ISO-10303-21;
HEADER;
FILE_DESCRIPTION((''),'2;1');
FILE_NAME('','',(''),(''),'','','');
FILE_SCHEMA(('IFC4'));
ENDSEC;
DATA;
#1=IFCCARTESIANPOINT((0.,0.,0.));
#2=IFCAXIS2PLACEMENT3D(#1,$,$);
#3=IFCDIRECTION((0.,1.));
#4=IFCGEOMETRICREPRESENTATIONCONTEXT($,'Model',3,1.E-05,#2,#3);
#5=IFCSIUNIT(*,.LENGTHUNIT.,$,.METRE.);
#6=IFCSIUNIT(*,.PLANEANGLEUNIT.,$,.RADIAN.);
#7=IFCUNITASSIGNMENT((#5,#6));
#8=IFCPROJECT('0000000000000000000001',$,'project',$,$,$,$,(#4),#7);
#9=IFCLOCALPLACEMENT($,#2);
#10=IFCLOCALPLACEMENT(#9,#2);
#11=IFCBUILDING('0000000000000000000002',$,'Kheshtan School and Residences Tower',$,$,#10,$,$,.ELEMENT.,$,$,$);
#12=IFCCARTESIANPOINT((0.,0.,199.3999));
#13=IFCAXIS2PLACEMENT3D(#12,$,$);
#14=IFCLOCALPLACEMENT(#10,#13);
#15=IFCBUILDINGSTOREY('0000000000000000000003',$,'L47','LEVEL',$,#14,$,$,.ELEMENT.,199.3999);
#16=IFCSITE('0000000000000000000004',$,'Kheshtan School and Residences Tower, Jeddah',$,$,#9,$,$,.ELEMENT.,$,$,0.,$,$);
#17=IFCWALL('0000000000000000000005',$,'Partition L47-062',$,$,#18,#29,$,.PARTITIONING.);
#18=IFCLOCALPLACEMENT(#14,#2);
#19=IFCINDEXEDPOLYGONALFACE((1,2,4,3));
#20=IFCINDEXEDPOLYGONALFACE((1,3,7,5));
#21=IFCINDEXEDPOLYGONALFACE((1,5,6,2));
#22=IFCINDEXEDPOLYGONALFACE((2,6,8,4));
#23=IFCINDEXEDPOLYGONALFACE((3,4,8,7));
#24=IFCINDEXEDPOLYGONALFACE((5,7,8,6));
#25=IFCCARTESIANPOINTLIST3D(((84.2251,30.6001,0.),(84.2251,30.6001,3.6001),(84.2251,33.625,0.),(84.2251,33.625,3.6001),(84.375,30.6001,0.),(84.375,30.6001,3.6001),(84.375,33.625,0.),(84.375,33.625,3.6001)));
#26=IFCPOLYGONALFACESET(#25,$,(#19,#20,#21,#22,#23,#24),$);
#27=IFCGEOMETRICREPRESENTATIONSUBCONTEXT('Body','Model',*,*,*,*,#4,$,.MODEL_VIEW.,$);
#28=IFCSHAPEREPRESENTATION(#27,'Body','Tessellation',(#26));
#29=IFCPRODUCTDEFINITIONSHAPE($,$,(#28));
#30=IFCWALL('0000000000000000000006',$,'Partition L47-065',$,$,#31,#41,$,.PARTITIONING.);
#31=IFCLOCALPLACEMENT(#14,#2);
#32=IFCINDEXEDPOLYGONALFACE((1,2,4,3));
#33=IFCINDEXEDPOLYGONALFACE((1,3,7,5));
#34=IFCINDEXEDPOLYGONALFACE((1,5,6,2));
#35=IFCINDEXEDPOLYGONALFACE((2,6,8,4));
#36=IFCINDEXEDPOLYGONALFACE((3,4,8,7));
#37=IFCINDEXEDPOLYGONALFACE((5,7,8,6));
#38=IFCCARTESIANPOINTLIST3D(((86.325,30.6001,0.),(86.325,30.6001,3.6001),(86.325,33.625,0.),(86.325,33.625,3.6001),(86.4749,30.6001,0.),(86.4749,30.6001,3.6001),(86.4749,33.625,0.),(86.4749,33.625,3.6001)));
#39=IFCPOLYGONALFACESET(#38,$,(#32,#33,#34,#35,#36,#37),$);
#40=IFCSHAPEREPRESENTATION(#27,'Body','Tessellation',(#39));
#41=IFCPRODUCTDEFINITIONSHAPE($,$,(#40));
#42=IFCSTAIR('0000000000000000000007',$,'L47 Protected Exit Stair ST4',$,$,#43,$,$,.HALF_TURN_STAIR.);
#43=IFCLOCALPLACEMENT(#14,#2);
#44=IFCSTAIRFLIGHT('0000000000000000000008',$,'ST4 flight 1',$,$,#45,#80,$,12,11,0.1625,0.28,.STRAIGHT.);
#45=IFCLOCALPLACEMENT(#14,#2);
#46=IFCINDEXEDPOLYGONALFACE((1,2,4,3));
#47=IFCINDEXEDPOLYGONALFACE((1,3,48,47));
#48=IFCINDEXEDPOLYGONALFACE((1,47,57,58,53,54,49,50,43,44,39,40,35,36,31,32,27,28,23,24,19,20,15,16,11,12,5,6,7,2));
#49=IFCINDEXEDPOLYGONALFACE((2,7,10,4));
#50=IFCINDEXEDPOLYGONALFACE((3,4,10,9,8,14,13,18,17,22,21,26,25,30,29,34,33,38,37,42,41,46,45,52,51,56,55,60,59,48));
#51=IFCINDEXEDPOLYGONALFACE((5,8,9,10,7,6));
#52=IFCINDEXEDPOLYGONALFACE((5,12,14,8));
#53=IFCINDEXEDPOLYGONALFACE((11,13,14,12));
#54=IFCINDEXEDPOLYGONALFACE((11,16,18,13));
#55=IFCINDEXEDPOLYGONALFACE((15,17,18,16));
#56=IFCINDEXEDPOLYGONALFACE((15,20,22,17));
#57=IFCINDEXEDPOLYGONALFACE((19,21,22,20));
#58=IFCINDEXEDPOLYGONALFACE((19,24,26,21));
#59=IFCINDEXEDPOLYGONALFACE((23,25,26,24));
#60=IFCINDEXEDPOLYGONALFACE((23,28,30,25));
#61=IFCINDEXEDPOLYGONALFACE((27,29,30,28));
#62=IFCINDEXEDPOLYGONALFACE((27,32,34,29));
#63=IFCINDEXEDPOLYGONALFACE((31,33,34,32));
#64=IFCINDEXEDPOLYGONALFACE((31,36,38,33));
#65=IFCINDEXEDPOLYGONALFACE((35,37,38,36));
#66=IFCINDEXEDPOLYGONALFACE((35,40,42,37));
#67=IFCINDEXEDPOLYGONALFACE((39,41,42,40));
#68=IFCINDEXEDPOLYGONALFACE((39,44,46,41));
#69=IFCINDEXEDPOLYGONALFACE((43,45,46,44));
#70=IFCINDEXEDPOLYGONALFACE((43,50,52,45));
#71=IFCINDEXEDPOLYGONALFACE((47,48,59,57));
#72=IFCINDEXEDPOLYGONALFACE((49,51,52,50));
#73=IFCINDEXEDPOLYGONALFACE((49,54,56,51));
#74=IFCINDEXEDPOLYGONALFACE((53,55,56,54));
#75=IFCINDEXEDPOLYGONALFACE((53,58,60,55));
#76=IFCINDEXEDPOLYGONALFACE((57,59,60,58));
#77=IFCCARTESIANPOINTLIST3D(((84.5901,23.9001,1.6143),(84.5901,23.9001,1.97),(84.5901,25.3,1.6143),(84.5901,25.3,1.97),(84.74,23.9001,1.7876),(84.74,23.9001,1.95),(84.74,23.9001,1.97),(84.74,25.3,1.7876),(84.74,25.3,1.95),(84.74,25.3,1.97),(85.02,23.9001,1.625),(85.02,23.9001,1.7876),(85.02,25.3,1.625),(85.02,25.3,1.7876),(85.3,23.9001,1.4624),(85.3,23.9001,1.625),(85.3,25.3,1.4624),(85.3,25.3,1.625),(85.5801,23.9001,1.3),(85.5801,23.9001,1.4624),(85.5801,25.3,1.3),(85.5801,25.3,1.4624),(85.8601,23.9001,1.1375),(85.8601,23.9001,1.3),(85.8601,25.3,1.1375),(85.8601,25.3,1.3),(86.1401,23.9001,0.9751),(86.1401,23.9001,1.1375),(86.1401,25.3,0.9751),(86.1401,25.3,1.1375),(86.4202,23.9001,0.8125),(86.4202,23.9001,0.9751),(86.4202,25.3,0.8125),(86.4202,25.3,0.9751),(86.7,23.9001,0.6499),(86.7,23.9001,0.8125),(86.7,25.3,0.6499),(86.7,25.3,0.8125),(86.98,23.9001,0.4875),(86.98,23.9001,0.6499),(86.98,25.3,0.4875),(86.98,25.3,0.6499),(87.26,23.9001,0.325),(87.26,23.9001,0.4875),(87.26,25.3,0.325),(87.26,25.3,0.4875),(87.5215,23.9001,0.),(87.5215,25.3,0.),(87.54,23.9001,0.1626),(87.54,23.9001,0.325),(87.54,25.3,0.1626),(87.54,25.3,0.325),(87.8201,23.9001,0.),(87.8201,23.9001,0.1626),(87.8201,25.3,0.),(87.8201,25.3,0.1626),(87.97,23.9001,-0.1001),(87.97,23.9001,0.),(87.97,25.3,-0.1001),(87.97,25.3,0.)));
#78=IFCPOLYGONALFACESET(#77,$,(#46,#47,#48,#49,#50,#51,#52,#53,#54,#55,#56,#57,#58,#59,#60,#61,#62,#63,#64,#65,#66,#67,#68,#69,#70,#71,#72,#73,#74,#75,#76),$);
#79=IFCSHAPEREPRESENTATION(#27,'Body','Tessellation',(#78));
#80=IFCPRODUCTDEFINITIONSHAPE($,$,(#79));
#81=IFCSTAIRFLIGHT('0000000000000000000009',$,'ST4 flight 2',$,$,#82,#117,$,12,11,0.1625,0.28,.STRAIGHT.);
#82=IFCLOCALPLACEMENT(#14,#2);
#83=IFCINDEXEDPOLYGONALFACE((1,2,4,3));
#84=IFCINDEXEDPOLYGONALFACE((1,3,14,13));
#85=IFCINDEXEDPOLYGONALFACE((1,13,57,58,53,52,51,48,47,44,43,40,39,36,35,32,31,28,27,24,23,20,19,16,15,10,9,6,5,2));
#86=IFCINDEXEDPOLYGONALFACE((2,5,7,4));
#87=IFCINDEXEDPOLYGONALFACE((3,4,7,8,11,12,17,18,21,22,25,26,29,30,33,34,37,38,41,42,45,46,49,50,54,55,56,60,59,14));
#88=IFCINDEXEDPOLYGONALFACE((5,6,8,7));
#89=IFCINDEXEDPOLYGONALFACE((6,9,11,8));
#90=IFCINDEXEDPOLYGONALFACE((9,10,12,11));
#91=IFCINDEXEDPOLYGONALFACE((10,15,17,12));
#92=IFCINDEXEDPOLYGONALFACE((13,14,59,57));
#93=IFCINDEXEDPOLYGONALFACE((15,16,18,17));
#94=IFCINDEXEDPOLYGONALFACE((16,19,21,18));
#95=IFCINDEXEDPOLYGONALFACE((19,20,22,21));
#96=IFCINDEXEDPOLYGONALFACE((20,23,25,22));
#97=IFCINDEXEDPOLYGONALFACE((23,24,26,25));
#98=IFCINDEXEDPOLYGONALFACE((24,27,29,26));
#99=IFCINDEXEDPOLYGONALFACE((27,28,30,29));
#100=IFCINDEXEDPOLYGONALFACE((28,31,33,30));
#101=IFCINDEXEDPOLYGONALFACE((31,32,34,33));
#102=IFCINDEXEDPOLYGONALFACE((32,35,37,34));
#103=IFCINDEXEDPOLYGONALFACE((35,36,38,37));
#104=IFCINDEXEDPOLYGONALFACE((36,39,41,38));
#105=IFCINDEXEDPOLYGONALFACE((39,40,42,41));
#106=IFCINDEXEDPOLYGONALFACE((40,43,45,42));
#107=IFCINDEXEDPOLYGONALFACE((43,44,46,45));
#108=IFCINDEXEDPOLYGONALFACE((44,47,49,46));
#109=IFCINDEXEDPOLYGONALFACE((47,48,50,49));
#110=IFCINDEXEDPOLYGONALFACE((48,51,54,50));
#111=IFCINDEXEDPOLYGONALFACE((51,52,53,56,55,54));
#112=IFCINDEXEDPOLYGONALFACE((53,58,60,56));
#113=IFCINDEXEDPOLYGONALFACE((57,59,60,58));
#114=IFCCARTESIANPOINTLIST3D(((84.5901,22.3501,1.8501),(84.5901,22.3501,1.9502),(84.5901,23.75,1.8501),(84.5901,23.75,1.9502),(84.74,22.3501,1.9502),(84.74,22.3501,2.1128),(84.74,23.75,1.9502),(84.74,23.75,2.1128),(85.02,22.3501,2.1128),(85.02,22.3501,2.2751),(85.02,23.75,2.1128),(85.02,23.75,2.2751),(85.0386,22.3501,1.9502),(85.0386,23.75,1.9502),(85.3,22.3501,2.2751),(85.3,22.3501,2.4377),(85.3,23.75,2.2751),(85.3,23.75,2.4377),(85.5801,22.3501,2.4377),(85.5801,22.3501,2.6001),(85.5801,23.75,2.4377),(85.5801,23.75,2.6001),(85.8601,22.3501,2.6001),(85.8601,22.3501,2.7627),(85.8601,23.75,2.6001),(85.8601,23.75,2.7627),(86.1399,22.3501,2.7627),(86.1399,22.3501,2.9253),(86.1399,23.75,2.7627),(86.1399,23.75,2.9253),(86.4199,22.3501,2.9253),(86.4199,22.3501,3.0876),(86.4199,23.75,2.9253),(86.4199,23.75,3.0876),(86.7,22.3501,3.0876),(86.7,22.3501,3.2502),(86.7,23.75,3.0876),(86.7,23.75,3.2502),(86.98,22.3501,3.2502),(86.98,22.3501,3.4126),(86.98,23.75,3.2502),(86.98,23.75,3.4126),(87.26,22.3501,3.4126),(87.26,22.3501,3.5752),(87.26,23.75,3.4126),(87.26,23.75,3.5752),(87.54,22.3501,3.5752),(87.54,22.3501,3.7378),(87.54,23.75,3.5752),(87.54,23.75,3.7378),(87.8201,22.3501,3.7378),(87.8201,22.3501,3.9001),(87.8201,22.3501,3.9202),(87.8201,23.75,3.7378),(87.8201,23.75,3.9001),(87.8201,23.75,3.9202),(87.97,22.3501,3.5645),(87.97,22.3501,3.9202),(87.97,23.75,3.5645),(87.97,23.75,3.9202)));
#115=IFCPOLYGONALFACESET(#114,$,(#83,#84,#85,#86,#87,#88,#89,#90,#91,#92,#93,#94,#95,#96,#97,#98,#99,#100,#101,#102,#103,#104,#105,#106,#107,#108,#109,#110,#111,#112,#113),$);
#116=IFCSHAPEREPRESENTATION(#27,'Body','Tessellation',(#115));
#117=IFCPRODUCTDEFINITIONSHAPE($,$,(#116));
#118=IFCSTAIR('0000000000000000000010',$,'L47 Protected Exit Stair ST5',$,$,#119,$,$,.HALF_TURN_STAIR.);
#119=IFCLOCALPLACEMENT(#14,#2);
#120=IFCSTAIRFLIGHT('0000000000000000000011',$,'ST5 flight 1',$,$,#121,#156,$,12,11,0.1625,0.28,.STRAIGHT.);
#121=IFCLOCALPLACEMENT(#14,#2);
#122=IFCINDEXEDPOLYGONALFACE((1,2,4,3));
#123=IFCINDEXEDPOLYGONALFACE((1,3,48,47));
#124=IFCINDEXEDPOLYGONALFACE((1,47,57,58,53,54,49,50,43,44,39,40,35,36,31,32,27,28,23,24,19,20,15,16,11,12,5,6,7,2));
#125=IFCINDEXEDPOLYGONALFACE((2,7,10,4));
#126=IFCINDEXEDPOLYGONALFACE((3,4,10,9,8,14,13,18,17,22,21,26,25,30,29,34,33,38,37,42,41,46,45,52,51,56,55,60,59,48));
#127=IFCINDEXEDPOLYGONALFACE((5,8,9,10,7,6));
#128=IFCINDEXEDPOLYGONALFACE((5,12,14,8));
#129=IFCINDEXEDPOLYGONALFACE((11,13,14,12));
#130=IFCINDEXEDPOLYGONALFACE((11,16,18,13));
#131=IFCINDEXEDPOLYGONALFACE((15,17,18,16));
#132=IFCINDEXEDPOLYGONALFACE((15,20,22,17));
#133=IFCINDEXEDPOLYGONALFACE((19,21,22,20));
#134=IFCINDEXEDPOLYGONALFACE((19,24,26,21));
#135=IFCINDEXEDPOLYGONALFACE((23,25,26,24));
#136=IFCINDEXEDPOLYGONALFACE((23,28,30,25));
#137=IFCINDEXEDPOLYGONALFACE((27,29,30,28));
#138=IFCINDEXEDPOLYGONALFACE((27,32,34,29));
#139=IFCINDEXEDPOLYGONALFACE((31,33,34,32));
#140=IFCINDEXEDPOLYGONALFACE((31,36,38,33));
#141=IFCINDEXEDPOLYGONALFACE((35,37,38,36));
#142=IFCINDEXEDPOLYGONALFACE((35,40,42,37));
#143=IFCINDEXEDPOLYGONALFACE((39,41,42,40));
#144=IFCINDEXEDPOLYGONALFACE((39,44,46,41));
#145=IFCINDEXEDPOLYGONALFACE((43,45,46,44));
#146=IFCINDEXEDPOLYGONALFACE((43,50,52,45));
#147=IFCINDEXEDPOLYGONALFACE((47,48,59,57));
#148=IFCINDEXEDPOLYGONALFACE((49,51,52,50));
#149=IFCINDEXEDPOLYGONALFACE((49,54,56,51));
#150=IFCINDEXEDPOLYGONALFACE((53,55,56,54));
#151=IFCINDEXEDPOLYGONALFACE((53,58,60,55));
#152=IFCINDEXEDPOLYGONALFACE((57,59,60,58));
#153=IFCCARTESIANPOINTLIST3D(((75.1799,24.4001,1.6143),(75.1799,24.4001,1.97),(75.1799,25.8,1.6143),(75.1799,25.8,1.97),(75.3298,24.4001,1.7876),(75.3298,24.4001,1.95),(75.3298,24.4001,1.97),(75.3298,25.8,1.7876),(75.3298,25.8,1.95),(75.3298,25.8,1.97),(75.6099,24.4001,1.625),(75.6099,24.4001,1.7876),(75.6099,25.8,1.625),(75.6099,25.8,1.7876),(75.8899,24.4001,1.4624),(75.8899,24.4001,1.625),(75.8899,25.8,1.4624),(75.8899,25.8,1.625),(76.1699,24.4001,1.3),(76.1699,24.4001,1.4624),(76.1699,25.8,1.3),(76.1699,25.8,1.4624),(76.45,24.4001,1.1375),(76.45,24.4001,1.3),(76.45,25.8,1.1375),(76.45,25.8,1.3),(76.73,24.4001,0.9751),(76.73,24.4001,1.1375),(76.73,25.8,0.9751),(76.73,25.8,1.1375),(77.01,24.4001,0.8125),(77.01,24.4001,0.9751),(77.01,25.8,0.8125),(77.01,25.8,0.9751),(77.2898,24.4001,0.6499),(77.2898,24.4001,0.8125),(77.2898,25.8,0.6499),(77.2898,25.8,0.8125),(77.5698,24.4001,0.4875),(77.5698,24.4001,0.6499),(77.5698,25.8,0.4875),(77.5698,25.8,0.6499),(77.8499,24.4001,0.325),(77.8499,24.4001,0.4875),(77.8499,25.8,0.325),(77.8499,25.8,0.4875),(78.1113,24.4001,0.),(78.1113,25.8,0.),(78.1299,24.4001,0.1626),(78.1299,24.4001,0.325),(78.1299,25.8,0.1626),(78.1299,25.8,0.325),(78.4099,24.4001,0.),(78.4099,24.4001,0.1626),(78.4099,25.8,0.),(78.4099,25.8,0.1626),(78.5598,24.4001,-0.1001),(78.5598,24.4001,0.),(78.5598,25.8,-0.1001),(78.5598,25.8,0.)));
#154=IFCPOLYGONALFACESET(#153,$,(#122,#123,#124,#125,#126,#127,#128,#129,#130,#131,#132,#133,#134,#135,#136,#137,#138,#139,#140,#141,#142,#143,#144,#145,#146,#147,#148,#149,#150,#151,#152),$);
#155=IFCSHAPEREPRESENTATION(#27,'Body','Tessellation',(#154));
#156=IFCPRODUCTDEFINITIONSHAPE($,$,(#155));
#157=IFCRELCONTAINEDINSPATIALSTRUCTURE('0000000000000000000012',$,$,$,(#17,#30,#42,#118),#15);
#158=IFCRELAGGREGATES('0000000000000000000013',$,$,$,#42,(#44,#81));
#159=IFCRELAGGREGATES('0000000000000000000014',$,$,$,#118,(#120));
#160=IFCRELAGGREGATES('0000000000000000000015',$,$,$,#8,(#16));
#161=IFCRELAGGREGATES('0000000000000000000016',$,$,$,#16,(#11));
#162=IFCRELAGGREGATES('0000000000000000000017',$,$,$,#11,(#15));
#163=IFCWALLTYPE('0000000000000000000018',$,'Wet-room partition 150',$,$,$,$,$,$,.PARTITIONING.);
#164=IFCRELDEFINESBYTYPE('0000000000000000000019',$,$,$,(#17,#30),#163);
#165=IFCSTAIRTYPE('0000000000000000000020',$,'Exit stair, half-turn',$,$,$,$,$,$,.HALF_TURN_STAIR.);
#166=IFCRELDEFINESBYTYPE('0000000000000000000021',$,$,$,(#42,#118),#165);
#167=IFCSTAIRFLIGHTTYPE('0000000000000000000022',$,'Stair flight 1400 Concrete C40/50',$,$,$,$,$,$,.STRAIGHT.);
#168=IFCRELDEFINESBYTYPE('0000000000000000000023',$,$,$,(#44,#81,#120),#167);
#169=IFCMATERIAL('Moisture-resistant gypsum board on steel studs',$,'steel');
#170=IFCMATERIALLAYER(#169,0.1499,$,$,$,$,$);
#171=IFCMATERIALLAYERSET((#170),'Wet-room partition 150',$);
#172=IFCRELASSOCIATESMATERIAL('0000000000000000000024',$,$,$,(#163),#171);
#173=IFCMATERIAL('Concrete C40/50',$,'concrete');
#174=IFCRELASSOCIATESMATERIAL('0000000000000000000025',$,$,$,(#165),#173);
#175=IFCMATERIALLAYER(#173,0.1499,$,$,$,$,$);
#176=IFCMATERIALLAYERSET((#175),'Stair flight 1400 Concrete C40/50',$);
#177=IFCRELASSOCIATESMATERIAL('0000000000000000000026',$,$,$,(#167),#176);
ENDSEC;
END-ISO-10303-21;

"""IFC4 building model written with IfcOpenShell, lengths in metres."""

from ifc_helpers import new_model, si_unit, direction, frame, frame_2d, origin, place, context, subcontext, project, spatial, polyline, rectangle, outline, extrude, material, layer, layer_set, type_object, element, aggregate, save


model = new_model("IFC4")

# Units and contexts
model_context = context("Model", 3, precision=1e-05, world=origin(), true_north=direction((0.0, 1.0)))
body_context = subcontext(model_context, "Body", "Model", "MODEL_VIEW")
ifc_project = project(units=[si_unit("LENGTHUNIT", "METRE"), si_unit("PLANEANGLEUNIT", "RADIAN")], contexts=[model_context])

# Site, building, storey
site_placement = place(None, origin())
site = spatial("IfcSite", under=ifc_project, at=site_placement, Name="Kheshtan School and Residences Tower, Jeddah", CompositionType="ELEMENT", RefElevation=0.0)
building_placement = place(site_placement, origin())
building = spatial("IfcBuilding", under=site, at=building_placement, Name="Kheshtan School and Residences Tower", CompositionType="ELEMENT")
storey_placement = place(building_placement, frame((0.0, 0.0, 199.3999)))
storey = spatial("IfcBuildingStorey", under=building, at=storey_placement, Name="L47", Description="LEVEL", CompositionType="ELEMENT", Elevation=199.3999)

# Shared definitions
ifc_material_1 = material(Name="Concrete C40/50", Category="concrete")

# Walls
ifc_material_2 = material(Name="Moisture-resistant gypsum board on steel studs", Category="steel")
ifc_layer_1 = layer(ifc_material_2, 0.1499)
ifc_layer_set_1 = layer_set([ifc_layer_1], Name="Wet-room partition 150")
wall_type_1 = type_object("IfcWallType", Name="Wet-room partition 150", PredefinedType="PARTITIONING", material=ifc_layer_set_1)
for number, where, z_axis, x_axis, name in (
    (1, (84.3, 30.6001, 0.0), (0.0, 0.0, 1.0), (0.0, 1.0, 0.0), "Partition L47-062"),
    (2, (86.3999, 30.6001, 0.0), (0.0, 0.0, 1.0), (0.0, 1.0, 0.0), "Partition L47-065"),
):
    element("IfcWall", number, at=place(storey_placement, frame(where, z_axis=z_axis, x_axis=x_axis)), inside=storey, type_object=wall_type_1, Name=name, PredefinedType="PARTITIONING", context=body_context, shape_type="SweptSolid", body=[
        extrude(rectangle(XDim=3.0249, YDim=0.1499, at=frame_2d((1.5125, 0.0))), origin(), (0.0, 0.0, 1.0), 3.6001),
    ])

# Stair, stair flights
stair_type = type_object("IfcStairType", Name="Exit stair, half-turn", PredefinedType="HALF_TURN_STAIR", material=ifc_material_1)
stair_1_placement = place(storey_placement, origin())
stair_1 = element("IfcStair", 3, at=stair_1_placement, inside=storey, type_object=stair_type, Name="L47 Protected Exit Stair ST4", PredefinedType="HALF_TURN_STAIR")
ifc_layer_2 = layer(ifc_material_1, 0.1499)
ifc_layer_set_2 = layer_set([ifc_layer_2], Name="Stair flight 1400 Concrete C40/50")
stair_flight_type = type_object("IfcStairFlightType", Name="Stair flight 1400 Concrete C40/50", PredefinedType="STRAIGHT", material=ifc_layer_set_2)
stair_flight_1_placement = place(storey_placement, frame((87.8201, 24.6001, 0.0), z_axis=(0.0, 0.0, 1.0), x_axis=(-1.0, 0.0, 0.0)))
stair_flight_1 = element("IfcStairFlight", 4, at=stair_flight_1_placement, type_object=stair_flight_type, Name="ST4 flight 1", NumberOfRisers=12, NumberOfTreads=11, PredefinedType="STRAIGHT", RiserHeight=0.1625, TreadLength=0.28, context=body_context, shape_type="SweptSolid", body=[
    extrude(outline(polyline([(-0.1499, -0.1001), (-0.1499, 0.0), (0.0, 0.0), (0.0, 0.1626), (0.28, 0.1626), (0.28, 0.325), (0.5601, 0.325), (0.5601, 0.4875), (0.8401, 0.4875), (0.8401, 0.6499), (1.1201, 0.6499), (1.1201, 0.8125), (1.3999, 0.8125), (1.3999, 0.9751), (1.6799, 0.9751), (1.6799, 1.1375), (1.96, 1.1375), (1.96, 1.3), (2.24, 1.3), (2.24, 1.4624), (2.52, 1.4624), (2.52, 1.625), (2.8, 1.625), (2.8, 1.7876), (3.0801, 1.7876), (3.0801, 1.95), (3.0801, 1.97), (3.23, 1.97), (3.23, 1.6143), (0.2986, 0.0), (-0.1499, -0.1001)])), frame((0.0, 0.7, 0.0), z_axis=(0.0, -1.0, 0.0), x_axis=(1.0, 0.0, 0.0)), (0.0, 0.0, 1.0), 1.3999),
])
stair_flight_2_placement = place(storey_placement, frame((84.74, 23.05, 1.9502), z_axis=(0.0, 0.0, 1.0), x_axis=(1.0, 0.0, 0.0)))
stair_flight_2 = element("IfcStairFlight", 5, at=stair_flight_2_placement, type_object=stair_flight_type, Name="ST4 flight 2", NumberOfRisers=12, NumberOfTreads=11, PredefinedType="STRAIGHT", RiserHeight=0.1625, TreadLength=0.28, context=body_context, shape_type="SweptSolid", body=[
    extrude(outline(polyline([(-0.1499, -0.1001), (-0.1499, 0.0), (0.0, 0.0), (0.0, 0.1626), (0.28, 0.1626), (0.28, 0.325), (0.5601, 0.325), (0.5601, 0.4875), (0.8401, 0.4875), (0.8401, 0.6499), (1.1201, 0.6499), (1.1201, 0.8125), (1.3999, 0.8125), (1.3999, 0.9751), (1.6799, 0.9751), (1.6799, 1.1375), (1.96, 1.1375), (1.96, 1.3), (2.24, 1.3), (2.24, 1.4624), (2.52, 1.4624), (2.52, 1.625), (2.8, 1.625), (2.8, 1.7876), (3.0801, 1.7876), (3.0801, 1.95), (3.0801, 1.97), (3.23, 1.97), (3.23, 1.6143), (0.2986, 0.0), (-0.1499, -0.1001)])), frame((0.0, 0.7, 0.0), z_axis=(0.0, -1.0, 0.0), x_axis=(1.0, 0.0, 0.0)), (0.0, 0.0, 1.0), 1.3999),
])
aggregate(stair_1, [stair_flight_1, stair_flight_2])

# Stair, stair flight
stair_2_placement = place(storey_placement, origin())
stair_2 = element("IfcStair", 6, at=stair_2_placement, inside=storey, type_object=stair_type, Name="L47 Protected Exit Stair ST5", PredefinedType="HALF_TURN_STAIR")
stair_flight_3_placement = place(storey_placement, frame((78.4099, 25.1001, 0.0), z_axis=(0.0, 0.0, 1.0), x_axis=(-1.0, 0.0, 0.0)))
stair_flight_3 = element("IfcStairFlight", 7, at=stair_flight_3_placement, type_object=stair_flight_type, Name="ST5 flight 1", NumberOfRisers=12, NumberOfTreads=11, PredefinedType="STRAIGHT", RiserHeight=0.1625, TreadLength=0.28, context=body_context, shape_type="SweptSolid", body=[
    extrude(outline(polyline([(-0.1499, -0.1001), (-0.1499, 0.0), (0.0, 0.0), (0.0, 0.1626), (0.28, 0.1626), (0.28, 0.325), (0.5601, 0.325), (0.5601, 0.4875), (0.8401, 0.4875), (0.8401, 0.6499), (1.1201, 0.6499), (1.1201, 0.8125), (1.3999, 0.8125), (1.3999, 0.9751), (1.6799, 0.9751), (1.6799, 1.1375), (1.96, 1.1375), (1.96, 1.3), (2.24, 1.3), (2.24, 1.4624), (2.52, 1.4624), (2.52, 1.625), (2.8, 1.625), (2.8, 1.7876), (3.0801, 1.7876), (3.0801, 1.95), (3.0801, 1.97), (3.23, 1.97), (3.23, 1.6143), (0.2986, 0.0), (-0.1499, -0.1001)])), frame((0.0, 0.7, 0.0), z_axis=(0.0, -1.0, 0.0), x_axis=(1.0, 0.0, 0.0)), (0.0, 0.0, 1.0), 1.3999),
])
aggregate(stair_2, [stair_flight_3])

save(model, "model.ifc")
